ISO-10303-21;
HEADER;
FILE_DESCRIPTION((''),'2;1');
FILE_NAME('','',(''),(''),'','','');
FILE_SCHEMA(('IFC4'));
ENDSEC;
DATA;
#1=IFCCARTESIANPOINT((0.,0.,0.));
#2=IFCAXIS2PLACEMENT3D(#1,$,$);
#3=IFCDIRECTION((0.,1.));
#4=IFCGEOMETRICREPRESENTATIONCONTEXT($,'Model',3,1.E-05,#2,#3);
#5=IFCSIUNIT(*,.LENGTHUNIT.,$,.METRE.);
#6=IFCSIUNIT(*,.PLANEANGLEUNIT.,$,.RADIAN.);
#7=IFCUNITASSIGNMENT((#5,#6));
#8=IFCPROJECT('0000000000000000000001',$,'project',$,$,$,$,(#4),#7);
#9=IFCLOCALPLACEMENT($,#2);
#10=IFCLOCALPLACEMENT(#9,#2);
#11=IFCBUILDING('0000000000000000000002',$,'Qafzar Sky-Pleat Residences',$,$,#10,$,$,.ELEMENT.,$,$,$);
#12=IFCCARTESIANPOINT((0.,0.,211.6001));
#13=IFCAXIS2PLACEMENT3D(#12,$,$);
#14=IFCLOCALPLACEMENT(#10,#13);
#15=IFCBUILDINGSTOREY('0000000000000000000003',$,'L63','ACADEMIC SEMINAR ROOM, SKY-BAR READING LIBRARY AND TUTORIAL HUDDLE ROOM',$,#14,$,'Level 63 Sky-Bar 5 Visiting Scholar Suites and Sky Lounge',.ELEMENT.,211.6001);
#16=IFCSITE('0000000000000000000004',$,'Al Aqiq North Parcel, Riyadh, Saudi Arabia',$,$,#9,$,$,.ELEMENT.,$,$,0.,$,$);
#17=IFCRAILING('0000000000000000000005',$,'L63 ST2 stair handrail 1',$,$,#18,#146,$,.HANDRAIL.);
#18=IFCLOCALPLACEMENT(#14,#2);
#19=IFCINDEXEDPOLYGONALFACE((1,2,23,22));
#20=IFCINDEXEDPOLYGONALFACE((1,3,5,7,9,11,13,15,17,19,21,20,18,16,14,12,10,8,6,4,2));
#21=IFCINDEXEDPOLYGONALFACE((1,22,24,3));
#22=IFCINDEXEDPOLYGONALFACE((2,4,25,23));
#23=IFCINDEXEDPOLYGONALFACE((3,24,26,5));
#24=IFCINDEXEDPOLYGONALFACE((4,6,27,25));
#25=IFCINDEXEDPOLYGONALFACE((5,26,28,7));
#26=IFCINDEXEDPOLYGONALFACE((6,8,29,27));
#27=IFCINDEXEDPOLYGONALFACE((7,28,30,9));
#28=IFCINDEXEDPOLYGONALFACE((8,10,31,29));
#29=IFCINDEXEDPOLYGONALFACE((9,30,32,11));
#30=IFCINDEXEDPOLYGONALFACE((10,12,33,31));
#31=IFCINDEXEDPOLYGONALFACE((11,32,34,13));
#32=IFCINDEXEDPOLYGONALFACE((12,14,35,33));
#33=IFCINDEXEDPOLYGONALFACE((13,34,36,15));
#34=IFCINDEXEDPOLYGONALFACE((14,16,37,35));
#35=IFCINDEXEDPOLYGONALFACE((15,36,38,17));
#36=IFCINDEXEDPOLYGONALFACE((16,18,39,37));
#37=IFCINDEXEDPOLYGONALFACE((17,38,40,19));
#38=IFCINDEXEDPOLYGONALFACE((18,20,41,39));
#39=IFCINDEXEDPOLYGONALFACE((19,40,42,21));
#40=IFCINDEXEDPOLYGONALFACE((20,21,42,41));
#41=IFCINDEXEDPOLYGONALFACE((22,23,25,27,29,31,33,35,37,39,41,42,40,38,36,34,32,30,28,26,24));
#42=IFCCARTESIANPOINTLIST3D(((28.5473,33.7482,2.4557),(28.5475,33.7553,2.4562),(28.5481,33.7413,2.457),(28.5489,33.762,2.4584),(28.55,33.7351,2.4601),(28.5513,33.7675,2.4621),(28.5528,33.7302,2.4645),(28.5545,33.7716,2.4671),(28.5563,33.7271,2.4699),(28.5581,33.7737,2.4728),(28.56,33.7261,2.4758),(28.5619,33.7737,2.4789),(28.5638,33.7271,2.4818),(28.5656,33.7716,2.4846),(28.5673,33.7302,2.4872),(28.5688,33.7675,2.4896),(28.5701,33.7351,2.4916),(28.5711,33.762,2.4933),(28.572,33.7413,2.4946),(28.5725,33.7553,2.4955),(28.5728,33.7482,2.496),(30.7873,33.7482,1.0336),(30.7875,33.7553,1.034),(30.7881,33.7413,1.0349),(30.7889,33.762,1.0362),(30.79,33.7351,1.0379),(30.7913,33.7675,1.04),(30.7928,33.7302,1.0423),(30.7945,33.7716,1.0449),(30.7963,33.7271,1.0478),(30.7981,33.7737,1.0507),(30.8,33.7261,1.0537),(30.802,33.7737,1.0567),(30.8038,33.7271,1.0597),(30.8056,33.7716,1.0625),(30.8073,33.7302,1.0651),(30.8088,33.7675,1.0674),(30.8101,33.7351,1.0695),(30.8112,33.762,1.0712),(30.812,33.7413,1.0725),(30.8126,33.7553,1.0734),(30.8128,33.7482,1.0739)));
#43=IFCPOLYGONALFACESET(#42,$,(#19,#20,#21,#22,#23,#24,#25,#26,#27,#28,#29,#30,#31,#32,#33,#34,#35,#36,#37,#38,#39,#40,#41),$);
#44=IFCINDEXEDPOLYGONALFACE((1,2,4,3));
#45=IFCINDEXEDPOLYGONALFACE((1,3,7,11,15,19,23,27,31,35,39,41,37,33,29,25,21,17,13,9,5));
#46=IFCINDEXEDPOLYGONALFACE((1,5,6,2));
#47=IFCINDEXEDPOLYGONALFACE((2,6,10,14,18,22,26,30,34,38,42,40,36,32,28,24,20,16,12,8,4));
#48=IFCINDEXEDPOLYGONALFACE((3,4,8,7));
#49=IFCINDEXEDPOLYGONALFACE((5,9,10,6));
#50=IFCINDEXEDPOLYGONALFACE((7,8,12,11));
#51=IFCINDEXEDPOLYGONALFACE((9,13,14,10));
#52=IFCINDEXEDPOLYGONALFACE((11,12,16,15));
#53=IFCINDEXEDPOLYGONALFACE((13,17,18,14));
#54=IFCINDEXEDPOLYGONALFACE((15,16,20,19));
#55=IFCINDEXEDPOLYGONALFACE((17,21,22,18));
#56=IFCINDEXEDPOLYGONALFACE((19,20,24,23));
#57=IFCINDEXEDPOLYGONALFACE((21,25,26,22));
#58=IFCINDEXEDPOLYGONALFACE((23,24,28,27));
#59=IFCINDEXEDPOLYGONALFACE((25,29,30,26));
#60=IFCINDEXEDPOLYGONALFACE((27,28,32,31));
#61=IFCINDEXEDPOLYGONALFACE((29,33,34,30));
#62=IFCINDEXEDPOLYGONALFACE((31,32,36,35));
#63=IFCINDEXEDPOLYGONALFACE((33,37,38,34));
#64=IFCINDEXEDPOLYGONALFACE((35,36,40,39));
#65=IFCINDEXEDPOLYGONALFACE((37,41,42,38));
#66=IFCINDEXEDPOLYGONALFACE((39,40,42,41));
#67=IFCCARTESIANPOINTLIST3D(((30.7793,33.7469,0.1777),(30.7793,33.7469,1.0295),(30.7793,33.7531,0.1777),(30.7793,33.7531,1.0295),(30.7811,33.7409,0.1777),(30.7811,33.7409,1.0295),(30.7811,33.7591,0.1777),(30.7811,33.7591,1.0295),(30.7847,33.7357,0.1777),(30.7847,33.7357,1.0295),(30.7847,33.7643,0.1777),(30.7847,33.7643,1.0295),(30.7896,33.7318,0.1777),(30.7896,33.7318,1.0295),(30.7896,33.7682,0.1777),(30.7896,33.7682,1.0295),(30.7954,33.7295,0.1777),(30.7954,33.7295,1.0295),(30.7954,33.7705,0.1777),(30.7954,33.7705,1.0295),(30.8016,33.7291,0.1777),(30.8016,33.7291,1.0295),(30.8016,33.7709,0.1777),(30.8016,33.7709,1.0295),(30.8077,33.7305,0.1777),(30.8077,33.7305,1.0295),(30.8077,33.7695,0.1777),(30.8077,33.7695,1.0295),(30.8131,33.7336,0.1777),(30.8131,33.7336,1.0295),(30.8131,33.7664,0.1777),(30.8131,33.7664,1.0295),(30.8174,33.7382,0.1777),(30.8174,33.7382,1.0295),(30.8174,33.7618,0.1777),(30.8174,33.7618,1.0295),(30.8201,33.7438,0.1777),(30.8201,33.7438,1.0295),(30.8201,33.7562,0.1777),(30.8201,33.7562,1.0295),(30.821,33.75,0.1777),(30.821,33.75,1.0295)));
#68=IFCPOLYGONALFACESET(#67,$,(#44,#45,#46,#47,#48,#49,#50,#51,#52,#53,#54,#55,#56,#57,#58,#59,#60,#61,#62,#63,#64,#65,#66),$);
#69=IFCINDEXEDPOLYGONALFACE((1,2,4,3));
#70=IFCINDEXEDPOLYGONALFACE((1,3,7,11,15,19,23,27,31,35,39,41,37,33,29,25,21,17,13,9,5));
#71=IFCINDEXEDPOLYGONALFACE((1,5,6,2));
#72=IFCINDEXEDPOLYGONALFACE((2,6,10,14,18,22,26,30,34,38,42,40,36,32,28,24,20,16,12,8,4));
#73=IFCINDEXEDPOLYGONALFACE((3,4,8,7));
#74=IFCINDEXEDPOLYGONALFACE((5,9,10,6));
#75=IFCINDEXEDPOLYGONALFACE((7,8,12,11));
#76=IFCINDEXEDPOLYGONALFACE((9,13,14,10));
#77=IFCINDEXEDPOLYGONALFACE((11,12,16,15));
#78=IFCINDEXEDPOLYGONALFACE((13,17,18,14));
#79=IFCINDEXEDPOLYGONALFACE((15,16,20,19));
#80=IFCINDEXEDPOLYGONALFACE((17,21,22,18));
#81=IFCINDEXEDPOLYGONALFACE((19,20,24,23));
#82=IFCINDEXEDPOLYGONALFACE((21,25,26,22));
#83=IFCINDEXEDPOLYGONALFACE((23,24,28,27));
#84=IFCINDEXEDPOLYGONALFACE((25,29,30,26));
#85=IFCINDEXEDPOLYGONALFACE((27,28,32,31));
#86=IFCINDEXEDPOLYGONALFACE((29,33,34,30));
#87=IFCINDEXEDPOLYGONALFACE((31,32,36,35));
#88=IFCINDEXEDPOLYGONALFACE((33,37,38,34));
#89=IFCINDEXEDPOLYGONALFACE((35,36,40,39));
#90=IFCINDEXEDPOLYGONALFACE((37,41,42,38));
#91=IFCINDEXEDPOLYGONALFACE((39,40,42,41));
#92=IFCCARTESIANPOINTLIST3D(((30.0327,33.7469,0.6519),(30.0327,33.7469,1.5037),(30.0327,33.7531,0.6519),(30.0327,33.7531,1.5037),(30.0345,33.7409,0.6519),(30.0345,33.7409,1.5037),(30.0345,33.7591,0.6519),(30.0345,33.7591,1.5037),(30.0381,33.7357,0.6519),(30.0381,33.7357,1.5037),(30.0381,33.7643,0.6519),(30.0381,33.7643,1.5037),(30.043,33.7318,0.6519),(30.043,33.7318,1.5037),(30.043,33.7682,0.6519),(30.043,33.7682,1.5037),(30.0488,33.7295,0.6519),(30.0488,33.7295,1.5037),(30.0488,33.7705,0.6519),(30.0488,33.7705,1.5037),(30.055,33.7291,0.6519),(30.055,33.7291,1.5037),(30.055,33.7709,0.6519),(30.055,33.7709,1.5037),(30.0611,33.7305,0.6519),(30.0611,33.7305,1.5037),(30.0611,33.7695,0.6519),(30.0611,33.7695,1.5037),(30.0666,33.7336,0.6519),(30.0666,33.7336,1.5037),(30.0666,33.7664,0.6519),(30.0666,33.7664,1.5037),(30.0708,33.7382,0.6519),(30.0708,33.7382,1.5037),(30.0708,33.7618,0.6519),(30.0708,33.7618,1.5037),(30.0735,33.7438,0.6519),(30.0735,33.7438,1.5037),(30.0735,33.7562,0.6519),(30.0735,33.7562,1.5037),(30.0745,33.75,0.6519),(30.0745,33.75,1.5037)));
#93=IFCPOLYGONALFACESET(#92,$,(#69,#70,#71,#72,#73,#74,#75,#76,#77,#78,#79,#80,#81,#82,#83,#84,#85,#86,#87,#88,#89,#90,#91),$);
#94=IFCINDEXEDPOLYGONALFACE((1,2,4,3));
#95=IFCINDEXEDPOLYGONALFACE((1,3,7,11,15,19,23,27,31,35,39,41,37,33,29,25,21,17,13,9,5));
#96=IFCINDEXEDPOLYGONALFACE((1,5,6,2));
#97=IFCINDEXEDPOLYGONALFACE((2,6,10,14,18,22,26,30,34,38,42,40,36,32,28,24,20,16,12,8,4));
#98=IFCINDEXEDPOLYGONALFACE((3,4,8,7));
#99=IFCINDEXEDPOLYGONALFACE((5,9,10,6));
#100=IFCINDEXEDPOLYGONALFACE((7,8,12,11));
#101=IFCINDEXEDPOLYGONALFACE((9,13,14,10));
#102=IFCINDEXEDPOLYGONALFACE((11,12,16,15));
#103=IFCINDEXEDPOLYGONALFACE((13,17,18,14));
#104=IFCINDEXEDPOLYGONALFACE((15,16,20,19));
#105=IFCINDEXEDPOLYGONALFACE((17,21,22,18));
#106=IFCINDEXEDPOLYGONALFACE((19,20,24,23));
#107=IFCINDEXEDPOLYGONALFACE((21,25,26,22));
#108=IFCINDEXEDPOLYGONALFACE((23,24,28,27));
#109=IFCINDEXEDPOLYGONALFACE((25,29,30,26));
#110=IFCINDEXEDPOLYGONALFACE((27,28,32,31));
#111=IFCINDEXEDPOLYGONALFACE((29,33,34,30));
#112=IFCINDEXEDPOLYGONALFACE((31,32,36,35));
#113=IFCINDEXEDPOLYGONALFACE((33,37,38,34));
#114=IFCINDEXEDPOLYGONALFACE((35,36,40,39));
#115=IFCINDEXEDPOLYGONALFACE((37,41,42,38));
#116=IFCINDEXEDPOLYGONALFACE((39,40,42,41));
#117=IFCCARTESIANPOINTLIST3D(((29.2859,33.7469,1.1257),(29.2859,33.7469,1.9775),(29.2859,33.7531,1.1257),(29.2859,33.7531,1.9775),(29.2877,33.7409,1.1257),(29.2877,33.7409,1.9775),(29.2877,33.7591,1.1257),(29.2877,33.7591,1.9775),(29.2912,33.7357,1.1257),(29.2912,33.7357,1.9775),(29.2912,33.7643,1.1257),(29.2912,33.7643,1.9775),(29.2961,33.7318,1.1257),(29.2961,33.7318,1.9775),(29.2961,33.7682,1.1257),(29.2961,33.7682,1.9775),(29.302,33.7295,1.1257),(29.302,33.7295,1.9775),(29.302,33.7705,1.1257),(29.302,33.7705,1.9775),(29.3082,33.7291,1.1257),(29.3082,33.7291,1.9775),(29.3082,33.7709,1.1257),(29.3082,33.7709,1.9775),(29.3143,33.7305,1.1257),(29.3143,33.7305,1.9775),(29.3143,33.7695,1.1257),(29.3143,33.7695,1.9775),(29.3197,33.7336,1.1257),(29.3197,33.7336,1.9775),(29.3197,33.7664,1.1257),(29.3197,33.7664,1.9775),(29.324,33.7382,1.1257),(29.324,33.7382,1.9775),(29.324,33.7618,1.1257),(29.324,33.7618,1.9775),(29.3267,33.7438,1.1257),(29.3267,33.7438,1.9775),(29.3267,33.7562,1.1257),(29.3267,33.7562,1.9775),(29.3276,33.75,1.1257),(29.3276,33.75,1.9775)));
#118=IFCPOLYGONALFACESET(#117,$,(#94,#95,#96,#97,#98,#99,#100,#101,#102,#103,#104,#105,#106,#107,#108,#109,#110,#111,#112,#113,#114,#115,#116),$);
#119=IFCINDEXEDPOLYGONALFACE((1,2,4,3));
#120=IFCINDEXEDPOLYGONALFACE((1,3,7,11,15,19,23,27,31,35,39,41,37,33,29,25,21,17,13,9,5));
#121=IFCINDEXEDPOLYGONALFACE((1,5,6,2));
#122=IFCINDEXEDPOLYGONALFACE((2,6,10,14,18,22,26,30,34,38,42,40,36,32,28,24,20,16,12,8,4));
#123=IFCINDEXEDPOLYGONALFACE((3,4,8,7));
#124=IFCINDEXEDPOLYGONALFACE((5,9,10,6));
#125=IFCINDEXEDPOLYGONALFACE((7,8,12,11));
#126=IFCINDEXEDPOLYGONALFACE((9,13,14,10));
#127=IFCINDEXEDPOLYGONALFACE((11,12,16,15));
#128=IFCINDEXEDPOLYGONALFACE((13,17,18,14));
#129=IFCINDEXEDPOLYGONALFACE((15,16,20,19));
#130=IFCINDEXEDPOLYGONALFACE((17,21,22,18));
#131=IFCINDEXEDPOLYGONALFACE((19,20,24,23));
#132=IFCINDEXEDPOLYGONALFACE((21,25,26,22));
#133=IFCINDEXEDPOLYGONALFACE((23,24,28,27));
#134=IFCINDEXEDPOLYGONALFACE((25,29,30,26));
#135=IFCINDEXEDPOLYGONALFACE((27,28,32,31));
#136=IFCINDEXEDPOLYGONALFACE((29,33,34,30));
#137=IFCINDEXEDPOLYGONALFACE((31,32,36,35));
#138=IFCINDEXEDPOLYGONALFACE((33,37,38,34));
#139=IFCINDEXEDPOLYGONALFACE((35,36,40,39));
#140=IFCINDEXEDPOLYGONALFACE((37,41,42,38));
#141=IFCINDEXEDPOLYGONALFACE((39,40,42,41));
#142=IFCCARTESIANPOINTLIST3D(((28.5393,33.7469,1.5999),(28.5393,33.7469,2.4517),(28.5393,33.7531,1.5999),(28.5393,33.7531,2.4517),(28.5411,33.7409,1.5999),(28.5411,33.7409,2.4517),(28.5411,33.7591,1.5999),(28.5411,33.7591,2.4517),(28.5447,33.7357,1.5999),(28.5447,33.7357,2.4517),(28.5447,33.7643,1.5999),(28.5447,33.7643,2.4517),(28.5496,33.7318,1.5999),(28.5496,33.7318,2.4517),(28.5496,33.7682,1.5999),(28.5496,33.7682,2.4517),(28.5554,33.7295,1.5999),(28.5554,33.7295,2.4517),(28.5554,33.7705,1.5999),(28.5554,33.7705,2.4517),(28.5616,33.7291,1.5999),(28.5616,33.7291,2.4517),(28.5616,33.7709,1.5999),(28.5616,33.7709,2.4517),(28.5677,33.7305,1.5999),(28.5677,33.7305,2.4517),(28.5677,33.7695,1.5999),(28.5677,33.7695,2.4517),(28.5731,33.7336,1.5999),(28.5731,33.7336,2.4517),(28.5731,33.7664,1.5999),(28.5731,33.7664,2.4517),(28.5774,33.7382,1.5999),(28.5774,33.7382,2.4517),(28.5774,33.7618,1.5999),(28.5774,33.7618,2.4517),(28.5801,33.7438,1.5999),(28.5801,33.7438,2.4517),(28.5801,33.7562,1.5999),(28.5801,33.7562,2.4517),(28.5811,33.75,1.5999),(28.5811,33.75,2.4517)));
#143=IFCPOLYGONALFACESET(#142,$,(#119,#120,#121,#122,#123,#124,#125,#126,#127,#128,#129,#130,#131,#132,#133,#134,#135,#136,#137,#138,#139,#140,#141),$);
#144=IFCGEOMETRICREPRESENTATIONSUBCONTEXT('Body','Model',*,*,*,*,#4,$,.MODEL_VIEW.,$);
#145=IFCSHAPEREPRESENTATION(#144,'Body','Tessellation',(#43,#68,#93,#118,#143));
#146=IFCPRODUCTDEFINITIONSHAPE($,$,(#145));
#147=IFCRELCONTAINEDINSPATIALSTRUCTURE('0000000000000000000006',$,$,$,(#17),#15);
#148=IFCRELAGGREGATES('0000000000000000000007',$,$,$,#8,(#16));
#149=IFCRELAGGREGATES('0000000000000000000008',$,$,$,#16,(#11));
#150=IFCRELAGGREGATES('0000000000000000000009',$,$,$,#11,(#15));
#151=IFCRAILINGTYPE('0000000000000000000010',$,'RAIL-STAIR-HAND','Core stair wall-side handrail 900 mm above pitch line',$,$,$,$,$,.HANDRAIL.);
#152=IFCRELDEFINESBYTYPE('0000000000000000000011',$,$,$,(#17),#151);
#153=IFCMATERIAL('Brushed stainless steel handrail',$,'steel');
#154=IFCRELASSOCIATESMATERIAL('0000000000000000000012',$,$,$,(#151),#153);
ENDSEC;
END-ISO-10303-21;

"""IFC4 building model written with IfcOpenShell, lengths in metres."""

from ifc_helpers import new_model, si_unit, direction, frame, origin, origin_2d, place, context, subcontext, project, spatial, circle, extrude, source, transform, mapped, material, type_object, element, save


model = new_model("IFC4")

# Units and contexts
model_context = context("Model", 3, precision=1e-05, world=origin(), true_north=direction((0.0, 1.0)))
body_context = subcontext(model_context, "Body", "Model", "MODEL_VIEW")
ifc_project = project(units=[si_unit("LENGTHUNIT", "METRE"), si_unit("PLANEANGLEUNIT", "RADIAN")], contexts=[model_context])

# Site, building, storey
site_placement = place(None, origin())
site = spatial("IfcSite", under=ifc_project, at=site_placement, Name="Al Aqiq North Parcel, Riyadh, Saudi Arabia", CompositionType="ELEMENT", RefElevation=0.0)
building_placement = place(site_placement, origin())
building = spatial("IfcBuilding", under=site, at=building_placement, Name="Qafzar Sky-Pleat Residences", CompositionType="ELEMENT")
storey_placement = place(building_placement, frame((0.0, 0.0, 211.6001)))
storey = spatial("IfcBuildingStorey", under=building, at=storey_placement, Name="L63", Description="ACADEMIC SEMINAR ROOM, SKY-BAR READING LIBRARY AND TUTORIAL HUDDLE ROOM", LongName="Level 63 Sky-Bar 5 Visiting Scholar Suites and Sky Lounge", CompositionType="ELEMENT", Elevation=211.6001)

# Railing
ifc_material_1 = material(Name="Brushed stainless steel handrail", Category="steel")
railing_type_1 = type_object("IfcRailingType", Name="RAIL-STAIR-HAND", Description="Core stair wall-side handrail 900 mm above pitch line", PredefinedType="HANDRAIL", material=ifc_material_1)
shared_shape_1 = source(origin(), body_context, "Body", "SweptSolid", [
    extrude(circle(Radius=0.0239, at=origin_2d()), frame((0.0, 0.0, 0.876), z_axis=(-0.844229, 0.0, 0.535982), x_axis=(0.0, -1.0, 0.0)), (0.0, 0.0, 1.0), 2.6533),
    extrude(circle(Radius=0.021, at=origin_2d()), origin(), (0.0, 0.0, 1.0), 0.8518),
    extrude(circle(Radius=0.021, at=origin_2d()), frame((-0.7466, 0.0, 0.4741)), (0.0, 0.0, 1.0), 0.8518),
    extrude(circle(Radius=0.021, at=origin_2d()), frame((-1.4934, 0.0, 0.948)), (0.0, 0.0, 1.0), 0.8518),
    extrude(circle(Radius=0.021, at=origin_2d()), frame((-2.24, 0.0, 1.4221)), (0.0, 0.0, 1.0), 0.8518),
])
railing_1_placement = place(storey_placement, frame((30.8, 33.75, 0.1777)))
element("IfcRailing", 1, at=railing_1_placement, inside=storey, type_object=railing_type_1, Name="L63 ST2 stair handrail 1", PredefinedType="HANDRAIL", context=body_context, shape_type="MappedRepresentation", body=[
    mapped(shared_shape_1, transform((0.0, 0.0, 0.0), x_axis=(1.0, 0.0, 0.0), y_axis=(0.0, 1.0, 0.0), z_axis=(0.0, 0.0, 1.0), scale=1.0)),
])

save(model, "model.ifc")
